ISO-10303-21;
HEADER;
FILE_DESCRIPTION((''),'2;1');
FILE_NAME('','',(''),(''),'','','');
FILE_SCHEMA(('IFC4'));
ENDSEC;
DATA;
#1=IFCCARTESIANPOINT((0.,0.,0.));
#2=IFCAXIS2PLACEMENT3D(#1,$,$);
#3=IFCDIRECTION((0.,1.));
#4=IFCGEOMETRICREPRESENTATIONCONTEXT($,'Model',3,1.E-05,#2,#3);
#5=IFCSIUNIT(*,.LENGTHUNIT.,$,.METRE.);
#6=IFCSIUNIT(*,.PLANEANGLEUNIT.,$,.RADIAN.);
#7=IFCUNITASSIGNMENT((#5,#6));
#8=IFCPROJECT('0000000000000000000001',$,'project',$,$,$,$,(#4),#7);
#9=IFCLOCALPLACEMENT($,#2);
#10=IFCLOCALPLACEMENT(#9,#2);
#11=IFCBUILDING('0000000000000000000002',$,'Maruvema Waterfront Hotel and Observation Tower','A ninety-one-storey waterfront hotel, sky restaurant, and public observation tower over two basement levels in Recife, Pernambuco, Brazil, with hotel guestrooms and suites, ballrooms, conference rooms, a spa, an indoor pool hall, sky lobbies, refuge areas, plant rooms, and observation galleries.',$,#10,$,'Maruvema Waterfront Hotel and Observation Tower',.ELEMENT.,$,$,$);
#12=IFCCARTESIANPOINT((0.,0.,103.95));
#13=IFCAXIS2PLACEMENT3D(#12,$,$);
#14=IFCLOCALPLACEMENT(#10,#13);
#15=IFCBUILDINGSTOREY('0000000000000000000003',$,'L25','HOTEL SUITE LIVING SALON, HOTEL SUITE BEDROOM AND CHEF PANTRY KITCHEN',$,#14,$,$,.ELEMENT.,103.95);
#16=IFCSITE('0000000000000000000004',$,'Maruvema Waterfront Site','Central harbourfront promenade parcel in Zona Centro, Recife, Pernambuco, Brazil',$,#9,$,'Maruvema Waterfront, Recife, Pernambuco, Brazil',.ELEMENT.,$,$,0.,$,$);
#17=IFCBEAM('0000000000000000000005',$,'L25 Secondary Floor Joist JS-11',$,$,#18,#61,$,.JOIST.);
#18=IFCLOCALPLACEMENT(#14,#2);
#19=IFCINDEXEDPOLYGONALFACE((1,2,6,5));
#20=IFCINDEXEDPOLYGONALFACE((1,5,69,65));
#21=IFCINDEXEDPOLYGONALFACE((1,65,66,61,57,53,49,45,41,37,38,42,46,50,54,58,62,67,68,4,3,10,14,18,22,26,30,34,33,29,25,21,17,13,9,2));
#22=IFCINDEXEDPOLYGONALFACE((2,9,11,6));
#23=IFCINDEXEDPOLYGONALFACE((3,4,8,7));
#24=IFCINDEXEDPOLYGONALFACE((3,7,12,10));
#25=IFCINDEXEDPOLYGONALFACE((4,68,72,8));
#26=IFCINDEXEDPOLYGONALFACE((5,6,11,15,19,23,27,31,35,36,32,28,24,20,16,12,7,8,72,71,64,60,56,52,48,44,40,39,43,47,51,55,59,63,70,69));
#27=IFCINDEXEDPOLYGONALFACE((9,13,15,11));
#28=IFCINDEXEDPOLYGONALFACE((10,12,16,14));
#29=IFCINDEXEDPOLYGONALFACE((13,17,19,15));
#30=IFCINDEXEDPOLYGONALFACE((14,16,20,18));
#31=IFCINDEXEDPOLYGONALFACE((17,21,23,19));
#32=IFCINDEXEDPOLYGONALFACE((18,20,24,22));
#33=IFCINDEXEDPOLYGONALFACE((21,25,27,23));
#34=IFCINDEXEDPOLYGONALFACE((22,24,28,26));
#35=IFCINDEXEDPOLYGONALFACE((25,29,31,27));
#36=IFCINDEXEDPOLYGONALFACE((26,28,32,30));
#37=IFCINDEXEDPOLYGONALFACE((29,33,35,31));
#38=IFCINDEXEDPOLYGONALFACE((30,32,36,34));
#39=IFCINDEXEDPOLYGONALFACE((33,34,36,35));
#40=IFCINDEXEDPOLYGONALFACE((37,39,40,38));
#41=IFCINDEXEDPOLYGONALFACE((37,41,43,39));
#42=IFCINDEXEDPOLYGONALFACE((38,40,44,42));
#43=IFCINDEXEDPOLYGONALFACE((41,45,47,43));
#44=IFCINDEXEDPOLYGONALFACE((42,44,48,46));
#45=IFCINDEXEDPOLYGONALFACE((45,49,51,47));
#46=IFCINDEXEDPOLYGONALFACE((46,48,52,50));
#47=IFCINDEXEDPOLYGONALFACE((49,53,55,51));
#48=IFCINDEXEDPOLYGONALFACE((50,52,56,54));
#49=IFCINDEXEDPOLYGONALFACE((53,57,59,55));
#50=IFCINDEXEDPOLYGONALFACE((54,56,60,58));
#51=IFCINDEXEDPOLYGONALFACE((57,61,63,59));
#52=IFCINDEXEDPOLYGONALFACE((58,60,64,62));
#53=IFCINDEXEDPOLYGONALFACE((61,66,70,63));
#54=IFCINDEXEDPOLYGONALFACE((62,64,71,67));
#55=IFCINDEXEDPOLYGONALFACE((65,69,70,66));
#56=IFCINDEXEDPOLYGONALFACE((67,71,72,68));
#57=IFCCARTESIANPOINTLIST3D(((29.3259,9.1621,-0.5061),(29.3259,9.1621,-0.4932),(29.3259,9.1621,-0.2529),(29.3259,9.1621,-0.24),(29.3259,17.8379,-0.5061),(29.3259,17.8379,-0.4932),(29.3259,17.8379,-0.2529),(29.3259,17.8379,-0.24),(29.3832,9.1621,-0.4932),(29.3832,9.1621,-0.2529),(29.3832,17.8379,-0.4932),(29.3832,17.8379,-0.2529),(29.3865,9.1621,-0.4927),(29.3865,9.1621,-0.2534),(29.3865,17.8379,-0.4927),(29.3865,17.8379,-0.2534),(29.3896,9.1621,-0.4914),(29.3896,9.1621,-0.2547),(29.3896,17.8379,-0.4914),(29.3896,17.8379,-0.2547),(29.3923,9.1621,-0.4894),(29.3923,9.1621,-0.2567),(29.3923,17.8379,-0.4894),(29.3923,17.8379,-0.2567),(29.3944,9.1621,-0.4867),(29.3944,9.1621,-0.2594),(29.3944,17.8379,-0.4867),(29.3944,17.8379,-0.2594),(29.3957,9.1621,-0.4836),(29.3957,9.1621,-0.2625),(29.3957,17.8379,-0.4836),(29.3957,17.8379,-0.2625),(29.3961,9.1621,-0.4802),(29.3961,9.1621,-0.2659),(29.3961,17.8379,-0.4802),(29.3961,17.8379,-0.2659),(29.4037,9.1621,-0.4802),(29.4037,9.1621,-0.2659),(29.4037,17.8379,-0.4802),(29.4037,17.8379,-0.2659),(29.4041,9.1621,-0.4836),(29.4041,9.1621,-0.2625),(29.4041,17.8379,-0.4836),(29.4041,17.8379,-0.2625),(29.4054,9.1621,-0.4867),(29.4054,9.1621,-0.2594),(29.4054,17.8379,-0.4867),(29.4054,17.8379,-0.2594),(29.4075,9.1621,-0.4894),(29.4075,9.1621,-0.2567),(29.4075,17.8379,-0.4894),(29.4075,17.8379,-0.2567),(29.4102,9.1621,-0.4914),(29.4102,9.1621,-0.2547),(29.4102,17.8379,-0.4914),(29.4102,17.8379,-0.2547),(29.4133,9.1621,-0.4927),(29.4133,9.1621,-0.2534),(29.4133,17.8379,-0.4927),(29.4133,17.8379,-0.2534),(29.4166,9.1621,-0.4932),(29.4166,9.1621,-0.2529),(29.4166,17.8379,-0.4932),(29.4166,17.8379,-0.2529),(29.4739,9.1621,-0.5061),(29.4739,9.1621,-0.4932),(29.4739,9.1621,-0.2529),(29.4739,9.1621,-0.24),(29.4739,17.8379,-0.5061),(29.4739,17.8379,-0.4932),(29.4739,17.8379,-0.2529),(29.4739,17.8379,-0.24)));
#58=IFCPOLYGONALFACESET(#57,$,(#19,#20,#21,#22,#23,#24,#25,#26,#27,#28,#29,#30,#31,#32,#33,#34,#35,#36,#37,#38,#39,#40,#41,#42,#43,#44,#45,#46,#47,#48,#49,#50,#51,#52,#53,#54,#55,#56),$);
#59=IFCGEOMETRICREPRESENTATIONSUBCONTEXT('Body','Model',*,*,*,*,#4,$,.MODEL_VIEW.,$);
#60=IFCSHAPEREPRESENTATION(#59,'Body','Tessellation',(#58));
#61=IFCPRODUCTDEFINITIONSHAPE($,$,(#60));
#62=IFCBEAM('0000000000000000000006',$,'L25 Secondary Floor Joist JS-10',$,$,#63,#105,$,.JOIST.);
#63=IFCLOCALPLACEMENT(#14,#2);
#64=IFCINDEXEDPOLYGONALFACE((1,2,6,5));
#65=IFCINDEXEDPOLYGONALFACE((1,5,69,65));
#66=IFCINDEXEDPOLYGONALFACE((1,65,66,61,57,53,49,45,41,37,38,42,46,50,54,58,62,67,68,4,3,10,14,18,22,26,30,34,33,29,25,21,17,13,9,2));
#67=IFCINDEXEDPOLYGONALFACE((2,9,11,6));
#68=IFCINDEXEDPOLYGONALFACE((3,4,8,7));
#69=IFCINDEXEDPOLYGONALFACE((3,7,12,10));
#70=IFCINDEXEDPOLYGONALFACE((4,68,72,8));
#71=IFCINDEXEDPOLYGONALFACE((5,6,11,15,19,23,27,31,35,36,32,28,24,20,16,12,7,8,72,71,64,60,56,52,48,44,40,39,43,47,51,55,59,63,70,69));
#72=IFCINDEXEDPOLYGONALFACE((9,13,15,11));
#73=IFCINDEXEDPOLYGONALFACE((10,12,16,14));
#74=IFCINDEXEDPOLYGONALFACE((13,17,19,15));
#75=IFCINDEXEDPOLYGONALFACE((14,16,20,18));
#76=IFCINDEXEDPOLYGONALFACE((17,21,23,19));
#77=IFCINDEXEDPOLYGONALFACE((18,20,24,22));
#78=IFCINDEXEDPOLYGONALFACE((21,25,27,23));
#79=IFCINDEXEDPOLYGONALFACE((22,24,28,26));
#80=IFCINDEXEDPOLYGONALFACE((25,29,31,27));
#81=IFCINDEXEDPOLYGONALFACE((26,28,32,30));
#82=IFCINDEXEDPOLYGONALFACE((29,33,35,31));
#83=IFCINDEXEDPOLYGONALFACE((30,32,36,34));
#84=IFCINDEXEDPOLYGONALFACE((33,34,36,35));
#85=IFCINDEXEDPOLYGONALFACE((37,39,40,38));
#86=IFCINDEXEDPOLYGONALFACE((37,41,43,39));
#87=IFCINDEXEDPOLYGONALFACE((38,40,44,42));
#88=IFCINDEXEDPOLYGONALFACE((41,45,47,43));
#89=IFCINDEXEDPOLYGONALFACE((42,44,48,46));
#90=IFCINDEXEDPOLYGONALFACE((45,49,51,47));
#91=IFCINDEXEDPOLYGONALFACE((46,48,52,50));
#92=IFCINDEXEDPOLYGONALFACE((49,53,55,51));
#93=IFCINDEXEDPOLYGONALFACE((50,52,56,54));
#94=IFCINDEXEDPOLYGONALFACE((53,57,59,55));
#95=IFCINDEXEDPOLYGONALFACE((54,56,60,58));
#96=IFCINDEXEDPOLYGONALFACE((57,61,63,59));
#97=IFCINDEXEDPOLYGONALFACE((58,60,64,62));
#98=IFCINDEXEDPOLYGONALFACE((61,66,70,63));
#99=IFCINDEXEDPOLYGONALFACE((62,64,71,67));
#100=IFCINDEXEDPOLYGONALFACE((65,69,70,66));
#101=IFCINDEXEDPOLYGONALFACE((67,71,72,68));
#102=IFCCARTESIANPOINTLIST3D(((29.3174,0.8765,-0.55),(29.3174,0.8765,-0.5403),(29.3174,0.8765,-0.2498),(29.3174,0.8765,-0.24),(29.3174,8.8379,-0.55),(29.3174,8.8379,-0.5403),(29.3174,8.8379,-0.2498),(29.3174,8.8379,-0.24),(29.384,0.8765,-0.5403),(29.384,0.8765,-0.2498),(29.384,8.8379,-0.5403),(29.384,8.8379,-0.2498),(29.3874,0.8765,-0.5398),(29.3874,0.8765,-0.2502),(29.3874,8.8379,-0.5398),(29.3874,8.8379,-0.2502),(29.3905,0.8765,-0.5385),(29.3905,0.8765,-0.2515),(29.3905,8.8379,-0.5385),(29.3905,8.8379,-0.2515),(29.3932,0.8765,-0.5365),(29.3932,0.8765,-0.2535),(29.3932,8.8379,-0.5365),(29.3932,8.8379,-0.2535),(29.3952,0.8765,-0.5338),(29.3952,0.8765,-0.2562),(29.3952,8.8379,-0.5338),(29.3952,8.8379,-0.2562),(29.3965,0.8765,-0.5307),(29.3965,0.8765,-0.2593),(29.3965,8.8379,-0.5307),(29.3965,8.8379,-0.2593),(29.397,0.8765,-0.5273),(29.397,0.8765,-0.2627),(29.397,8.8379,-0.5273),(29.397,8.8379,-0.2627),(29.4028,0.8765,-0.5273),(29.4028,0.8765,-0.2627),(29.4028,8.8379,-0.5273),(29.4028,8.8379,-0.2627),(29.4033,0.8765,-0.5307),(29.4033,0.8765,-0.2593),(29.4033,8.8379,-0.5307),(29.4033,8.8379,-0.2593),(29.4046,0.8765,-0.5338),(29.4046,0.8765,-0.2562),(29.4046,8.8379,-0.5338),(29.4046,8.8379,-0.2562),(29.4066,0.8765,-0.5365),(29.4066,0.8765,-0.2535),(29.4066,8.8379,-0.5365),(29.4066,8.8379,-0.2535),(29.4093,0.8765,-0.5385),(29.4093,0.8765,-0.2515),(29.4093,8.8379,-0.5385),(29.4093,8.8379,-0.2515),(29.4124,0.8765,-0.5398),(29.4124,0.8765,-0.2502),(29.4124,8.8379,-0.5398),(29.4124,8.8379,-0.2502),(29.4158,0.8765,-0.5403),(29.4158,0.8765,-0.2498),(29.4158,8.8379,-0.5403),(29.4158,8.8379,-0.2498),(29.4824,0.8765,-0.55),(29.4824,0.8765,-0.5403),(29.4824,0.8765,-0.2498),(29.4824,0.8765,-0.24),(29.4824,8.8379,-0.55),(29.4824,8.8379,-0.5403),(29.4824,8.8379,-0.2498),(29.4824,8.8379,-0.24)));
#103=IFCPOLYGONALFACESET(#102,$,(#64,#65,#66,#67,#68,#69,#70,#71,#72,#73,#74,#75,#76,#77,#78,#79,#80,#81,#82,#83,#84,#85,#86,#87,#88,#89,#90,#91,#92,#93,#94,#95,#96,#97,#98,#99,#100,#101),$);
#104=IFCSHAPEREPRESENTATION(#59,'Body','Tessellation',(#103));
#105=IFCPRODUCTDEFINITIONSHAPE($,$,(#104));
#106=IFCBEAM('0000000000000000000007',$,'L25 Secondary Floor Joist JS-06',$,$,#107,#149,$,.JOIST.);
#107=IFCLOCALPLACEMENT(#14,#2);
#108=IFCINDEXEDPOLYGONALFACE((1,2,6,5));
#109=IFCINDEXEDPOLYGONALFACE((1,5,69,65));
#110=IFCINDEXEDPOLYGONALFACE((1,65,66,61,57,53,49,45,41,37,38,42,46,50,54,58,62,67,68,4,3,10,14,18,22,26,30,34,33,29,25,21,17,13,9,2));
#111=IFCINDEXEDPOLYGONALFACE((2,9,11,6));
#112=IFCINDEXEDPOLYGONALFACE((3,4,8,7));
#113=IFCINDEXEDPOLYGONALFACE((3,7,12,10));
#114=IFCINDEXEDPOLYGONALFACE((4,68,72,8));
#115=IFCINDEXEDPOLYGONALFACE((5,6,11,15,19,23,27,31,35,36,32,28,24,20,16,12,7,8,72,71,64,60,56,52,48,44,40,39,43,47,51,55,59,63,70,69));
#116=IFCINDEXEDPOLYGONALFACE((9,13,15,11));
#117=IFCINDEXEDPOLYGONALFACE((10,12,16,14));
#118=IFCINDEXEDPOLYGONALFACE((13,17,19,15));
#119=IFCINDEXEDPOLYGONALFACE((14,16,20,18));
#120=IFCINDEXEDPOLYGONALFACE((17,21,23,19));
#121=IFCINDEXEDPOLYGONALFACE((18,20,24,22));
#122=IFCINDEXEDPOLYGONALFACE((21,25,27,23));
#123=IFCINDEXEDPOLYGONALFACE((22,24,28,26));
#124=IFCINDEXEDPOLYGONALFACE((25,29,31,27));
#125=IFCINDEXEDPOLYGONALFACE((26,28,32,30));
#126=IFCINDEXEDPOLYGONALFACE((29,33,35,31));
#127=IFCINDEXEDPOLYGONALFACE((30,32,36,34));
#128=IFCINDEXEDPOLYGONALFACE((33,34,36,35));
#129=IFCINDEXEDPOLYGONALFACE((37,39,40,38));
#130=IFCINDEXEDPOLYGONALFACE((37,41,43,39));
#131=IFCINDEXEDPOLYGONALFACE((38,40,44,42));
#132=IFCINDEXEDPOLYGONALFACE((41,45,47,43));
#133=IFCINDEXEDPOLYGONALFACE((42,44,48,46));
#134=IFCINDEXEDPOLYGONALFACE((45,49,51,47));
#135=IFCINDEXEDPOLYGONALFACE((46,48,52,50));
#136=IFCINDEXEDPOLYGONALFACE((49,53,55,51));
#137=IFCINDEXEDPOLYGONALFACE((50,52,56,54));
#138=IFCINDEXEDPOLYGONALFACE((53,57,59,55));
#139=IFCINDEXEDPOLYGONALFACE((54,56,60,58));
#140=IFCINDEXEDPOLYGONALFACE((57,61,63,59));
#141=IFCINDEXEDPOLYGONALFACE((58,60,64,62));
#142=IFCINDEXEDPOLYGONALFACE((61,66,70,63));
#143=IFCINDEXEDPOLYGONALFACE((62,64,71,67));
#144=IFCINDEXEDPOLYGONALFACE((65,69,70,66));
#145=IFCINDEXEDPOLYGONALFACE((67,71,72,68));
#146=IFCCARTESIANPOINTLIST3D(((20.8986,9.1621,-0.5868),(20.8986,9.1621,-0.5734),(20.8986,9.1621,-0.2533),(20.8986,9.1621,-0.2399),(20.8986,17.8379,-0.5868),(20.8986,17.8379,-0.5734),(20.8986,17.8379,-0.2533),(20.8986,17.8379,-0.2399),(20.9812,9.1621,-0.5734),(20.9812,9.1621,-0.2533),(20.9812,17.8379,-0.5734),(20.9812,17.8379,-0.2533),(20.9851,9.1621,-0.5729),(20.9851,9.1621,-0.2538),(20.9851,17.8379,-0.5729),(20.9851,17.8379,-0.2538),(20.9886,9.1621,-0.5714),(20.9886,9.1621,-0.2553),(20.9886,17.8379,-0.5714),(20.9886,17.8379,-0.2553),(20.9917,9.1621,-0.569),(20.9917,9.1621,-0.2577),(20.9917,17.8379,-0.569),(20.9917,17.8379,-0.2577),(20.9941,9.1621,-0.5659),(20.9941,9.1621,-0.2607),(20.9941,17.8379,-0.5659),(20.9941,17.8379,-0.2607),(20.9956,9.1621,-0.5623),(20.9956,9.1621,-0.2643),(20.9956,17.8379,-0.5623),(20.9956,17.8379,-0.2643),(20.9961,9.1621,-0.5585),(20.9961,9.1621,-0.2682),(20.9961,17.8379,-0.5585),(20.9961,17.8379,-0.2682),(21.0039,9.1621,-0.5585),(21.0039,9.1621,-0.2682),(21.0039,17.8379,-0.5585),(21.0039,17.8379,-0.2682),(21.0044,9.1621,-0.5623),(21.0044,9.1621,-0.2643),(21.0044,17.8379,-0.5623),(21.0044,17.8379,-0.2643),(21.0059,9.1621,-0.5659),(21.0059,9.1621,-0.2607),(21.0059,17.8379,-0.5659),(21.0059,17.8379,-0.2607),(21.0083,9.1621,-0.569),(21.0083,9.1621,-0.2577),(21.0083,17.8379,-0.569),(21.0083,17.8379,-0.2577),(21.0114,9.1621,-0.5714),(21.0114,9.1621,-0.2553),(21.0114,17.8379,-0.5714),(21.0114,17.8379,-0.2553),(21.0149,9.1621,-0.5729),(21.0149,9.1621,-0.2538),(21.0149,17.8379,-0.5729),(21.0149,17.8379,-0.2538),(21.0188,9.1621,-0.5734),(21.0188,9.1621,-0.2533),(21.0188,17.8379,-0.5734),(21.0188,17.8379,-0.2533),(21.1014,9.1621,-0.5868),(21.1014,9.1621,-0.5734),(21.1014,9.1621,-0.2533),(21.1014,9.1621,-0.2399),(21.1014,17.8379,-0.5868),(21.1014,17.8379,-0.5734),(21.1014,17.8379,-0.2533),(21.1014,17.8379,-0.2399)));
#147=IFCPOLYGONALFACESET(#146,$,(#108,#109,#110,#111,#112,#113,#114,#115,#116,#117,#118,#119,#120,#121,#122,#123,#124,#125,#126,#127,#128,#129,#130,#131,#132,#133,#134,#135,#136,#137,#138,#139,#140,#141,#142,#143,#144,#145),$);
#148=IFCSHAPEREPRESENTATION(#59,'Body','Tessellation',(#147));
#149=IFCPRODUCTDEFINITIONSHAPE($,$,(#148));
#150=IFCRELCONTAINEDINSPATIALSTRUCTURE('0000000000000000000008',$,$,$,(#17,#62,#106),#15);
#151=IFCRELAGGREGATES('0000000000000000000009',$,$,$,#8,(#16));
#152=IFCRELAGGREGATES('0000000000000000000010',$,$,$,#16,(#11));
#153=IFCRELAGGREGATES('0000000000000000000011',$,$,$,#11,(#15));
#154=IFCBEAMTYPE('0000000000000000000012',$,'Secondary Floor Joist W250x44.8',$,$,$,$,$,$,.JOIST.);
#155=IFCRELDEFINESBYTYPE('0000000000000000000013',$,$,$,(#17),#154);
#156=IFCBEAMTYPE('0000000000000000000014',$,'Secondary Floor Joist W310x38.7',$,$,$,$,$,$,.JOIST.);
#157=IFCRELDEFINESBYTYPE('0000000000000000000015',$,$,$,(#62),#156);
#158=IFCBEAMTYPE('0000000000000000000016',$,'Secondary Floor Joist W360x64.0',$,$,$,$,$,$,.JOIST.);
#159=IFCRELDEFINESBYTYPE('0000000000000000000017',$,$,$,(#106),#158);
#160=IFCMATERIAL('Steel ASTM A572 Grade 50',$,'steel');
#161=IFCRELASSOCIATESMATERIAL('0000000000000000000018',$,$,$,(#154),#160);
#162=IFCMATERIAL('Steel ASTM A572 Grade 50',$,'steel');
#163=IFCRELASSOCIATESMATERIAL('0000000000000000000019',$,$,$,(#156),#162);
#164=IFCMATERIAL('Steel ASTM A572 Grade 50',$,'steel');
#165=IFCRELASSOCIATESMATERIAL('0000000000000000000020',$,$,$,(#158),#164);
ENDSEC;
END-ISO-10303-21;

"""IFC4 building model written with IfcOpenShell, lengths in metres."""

from ifc_helpers import new_model, si_unit, direction, frame, origin, origin_2d, place, context, subcontext, project, spatial, i_section, extrude, material, material_profile, profile_set, type_object, element, save


model = new_model("IFC4")

# Units and contexts
model_context = context("Model", 3, precision=1e-05, world=origin(), true_north=direction((0.0, 1.0)))
body_context = subcontext(model_context, "Body", "Model", "MODEL_VIEW")
ifc_project = project(units=[si_unit("LENGTHUNIT", "METRE"), si_unit("PLANEANGLEUNIT", "RADIAN")], contexts=[model_context])

# Site, building, storey
site_placement = place(None, origin())
site = spatial("IfcSite", under=ifc_project, at=site_placement, Name="Maruvema Waterfront Site", Description="Central harbourfront promenade parcel in Zona Centro, Recife, Pernambuco, Brazil", LongName="Maruvema Waterfront, Recife, Pernambuco, Brazil", CompositionType="ELEMENT", RefElevation=0.0)
building_placement = place(site_placement, origin())
building = spatial("IfcBuilding", under=site, at=building_placement, Name="Maruvema Waterfront Hotel and Observation Tower", Description="A ninety-one-storey waterfront hotel, sky restaurant, and public observation tower over two basement levels in Recife, Pernambuco, Brazil, with hotel guestrooms and suites, ballrooms, conference rooms, a spa, an indoor pool hall, sky lobbies, refuge areas, plant rooms, and observation galleries.", LongName="Maruvema Waterfront Hotel and Observation Tower", CompositionType="ELEMENT")
storey_placement = place(building_placement, frame((0.0, 0.0, 103.95)))
storey = spatial("IfcBuildingStorey", under=building, at=storey_placement, Name="L25", Description="HOTEL SUITE LIVING SALON, HOTEL SUITE BEDROOM AND CHEF PANTRY KITCHEN", CompositionType="ELEMENT", Elevation=103.95)

# Beams
ifc_material_1 = material(Name="Steel ASTM A572 Grade 50", Category="steel")
ifc_material_profile_1 = material_profile(ifc_material_1, i_section(OverallWidth=0.1479, OverallDepth=0.2661, WebThickness=0.0076, FlangeThickness=0.0129, FilletRadius=0.0129, at=origin_2d()), Name="W250x44.8")
ifc_profile_set_1 = profile_set([ifc_material_profile_1], Name="Steel ASTM A572 Grade 50")
beam_type_1 = type_object("IfcBeamType", Name="Secondary Floor Joist W250x44.8", PredefinedType="JOIST", material=ifc_profile_set_1)
beam_1_placement = place(storey_placement, frame((29.3999, 9.1621, -0.373), z_axis=(0.0, 1.0, 0.0), x_axis=(-1.0, 0.0, 0.0)))
element("IfcBeam", 1, at=beam_1_placement, inside=storey, type_object=beam_type_1, Name="L25 Secondary Floor Joist JS-11", PredefinedType="JOIST", context=body_context, shape_type="SweptSolid", body=[
    extrude(i_section(OverallWidth=0.1479, OverallDepth=0.2661, WebThickness=0.0076, FlangeThickness=0.0129, FilletRadius=0.0129, at=origin_2d()), origin(), (0.0, 0.0, 1.0), 8.6758),
])
ifc_material_2 = material(Name="Steel ASTM A572 Grade 50", Category="steel")
ifc_material_profile_2 = material_profile(ifc_material_2, i_section(OverallWidth=0.165, OverallDepth=0.3101, WebThickness=0.0059, FlangeThickness=0.0098, FilletRadius=0.0129, at=origin_2d()), Name="W310x38.7")
ifc_profile_set_2 = profile_set([ifc_material_profile_2], Name="Steel ASTM A572 Grade 50")
beam_type_2 = type_object("IfcBeamType", Name="Secondary Floor Joist W310x38.7", PredefinedType="JOIST", material=ifc_profile_set_2)
beam_2_placement = place(storey_placement, frame((29.3999, 0.8765, -0.395), z_axis=(0.0, 1.0, 0.0), x_axis=(-1.0, 0.0, 0.0)))
element("IfcBeam", 2, at=beam_2_placement, inside=storey, type_object=beam_type_2, Name="L25 Secondary Floor Joist JS-10", PredefinedType="JOIST", context=body_context, shape_type="SweptSolid", body=[
    extrude(i_section(OverallWidth=0.165, OverallDepth=0.3101, WebThickness=0.0059, FlangeThickness=0.0098, FilletRadius=0.0129, at=origin_2d()), origin(), (0.0, 0.0, 1.0), 7.9614),
])
ifc_material_3 = material(Name="Steel ASTM A572 Grade 50", Category="steel")
ifc_material_profile_3 = material_profile(ifc_material_3, i_section(OverallWidth=0.2029, OverallDepth=0.3469, WebThickness=0.0078, FlangeThickness=0.0134, FilletRadius=0.0149, at=origin_2d()), Name="W360x64.0")
ifc_profile_set_3 = profile_set([ifc_material_profile_3], Name="Steel ASTM A572 Grade 50")
beam_type_3 = type_object("IfcBeamType", Name="Secondary Floor Joist W360x64.0", PredefinedType="JOIST", material=ifc_profile_set_3)
beam_3_placement = place(storey_placement, frame((21.0, 9.1621, -0.4133), z_axis=(0.0, 1.0, 0.0), x_axis=(-1.0, 0.0, 0.0)))
element("IfcBeam", 3, at=beam_3_placement, inside=storey, type_object=beam_type_3, Name="L25 Secondary Floor Joist JS-06", PredefinedType="JOIST", context=body_context, shape_type="SweptSolid", body=[
    extrude(i_section(OverallWidth=0.2029, OverallDepth=0.3469, WebThickness=0.0078, FlangeThickness=0.0134, FilletRadius=0.0149, at=origin_2d()), origin(), (0.0, 0.0, 1.0), 8.6758),
])

save(model, "model.ifc")
